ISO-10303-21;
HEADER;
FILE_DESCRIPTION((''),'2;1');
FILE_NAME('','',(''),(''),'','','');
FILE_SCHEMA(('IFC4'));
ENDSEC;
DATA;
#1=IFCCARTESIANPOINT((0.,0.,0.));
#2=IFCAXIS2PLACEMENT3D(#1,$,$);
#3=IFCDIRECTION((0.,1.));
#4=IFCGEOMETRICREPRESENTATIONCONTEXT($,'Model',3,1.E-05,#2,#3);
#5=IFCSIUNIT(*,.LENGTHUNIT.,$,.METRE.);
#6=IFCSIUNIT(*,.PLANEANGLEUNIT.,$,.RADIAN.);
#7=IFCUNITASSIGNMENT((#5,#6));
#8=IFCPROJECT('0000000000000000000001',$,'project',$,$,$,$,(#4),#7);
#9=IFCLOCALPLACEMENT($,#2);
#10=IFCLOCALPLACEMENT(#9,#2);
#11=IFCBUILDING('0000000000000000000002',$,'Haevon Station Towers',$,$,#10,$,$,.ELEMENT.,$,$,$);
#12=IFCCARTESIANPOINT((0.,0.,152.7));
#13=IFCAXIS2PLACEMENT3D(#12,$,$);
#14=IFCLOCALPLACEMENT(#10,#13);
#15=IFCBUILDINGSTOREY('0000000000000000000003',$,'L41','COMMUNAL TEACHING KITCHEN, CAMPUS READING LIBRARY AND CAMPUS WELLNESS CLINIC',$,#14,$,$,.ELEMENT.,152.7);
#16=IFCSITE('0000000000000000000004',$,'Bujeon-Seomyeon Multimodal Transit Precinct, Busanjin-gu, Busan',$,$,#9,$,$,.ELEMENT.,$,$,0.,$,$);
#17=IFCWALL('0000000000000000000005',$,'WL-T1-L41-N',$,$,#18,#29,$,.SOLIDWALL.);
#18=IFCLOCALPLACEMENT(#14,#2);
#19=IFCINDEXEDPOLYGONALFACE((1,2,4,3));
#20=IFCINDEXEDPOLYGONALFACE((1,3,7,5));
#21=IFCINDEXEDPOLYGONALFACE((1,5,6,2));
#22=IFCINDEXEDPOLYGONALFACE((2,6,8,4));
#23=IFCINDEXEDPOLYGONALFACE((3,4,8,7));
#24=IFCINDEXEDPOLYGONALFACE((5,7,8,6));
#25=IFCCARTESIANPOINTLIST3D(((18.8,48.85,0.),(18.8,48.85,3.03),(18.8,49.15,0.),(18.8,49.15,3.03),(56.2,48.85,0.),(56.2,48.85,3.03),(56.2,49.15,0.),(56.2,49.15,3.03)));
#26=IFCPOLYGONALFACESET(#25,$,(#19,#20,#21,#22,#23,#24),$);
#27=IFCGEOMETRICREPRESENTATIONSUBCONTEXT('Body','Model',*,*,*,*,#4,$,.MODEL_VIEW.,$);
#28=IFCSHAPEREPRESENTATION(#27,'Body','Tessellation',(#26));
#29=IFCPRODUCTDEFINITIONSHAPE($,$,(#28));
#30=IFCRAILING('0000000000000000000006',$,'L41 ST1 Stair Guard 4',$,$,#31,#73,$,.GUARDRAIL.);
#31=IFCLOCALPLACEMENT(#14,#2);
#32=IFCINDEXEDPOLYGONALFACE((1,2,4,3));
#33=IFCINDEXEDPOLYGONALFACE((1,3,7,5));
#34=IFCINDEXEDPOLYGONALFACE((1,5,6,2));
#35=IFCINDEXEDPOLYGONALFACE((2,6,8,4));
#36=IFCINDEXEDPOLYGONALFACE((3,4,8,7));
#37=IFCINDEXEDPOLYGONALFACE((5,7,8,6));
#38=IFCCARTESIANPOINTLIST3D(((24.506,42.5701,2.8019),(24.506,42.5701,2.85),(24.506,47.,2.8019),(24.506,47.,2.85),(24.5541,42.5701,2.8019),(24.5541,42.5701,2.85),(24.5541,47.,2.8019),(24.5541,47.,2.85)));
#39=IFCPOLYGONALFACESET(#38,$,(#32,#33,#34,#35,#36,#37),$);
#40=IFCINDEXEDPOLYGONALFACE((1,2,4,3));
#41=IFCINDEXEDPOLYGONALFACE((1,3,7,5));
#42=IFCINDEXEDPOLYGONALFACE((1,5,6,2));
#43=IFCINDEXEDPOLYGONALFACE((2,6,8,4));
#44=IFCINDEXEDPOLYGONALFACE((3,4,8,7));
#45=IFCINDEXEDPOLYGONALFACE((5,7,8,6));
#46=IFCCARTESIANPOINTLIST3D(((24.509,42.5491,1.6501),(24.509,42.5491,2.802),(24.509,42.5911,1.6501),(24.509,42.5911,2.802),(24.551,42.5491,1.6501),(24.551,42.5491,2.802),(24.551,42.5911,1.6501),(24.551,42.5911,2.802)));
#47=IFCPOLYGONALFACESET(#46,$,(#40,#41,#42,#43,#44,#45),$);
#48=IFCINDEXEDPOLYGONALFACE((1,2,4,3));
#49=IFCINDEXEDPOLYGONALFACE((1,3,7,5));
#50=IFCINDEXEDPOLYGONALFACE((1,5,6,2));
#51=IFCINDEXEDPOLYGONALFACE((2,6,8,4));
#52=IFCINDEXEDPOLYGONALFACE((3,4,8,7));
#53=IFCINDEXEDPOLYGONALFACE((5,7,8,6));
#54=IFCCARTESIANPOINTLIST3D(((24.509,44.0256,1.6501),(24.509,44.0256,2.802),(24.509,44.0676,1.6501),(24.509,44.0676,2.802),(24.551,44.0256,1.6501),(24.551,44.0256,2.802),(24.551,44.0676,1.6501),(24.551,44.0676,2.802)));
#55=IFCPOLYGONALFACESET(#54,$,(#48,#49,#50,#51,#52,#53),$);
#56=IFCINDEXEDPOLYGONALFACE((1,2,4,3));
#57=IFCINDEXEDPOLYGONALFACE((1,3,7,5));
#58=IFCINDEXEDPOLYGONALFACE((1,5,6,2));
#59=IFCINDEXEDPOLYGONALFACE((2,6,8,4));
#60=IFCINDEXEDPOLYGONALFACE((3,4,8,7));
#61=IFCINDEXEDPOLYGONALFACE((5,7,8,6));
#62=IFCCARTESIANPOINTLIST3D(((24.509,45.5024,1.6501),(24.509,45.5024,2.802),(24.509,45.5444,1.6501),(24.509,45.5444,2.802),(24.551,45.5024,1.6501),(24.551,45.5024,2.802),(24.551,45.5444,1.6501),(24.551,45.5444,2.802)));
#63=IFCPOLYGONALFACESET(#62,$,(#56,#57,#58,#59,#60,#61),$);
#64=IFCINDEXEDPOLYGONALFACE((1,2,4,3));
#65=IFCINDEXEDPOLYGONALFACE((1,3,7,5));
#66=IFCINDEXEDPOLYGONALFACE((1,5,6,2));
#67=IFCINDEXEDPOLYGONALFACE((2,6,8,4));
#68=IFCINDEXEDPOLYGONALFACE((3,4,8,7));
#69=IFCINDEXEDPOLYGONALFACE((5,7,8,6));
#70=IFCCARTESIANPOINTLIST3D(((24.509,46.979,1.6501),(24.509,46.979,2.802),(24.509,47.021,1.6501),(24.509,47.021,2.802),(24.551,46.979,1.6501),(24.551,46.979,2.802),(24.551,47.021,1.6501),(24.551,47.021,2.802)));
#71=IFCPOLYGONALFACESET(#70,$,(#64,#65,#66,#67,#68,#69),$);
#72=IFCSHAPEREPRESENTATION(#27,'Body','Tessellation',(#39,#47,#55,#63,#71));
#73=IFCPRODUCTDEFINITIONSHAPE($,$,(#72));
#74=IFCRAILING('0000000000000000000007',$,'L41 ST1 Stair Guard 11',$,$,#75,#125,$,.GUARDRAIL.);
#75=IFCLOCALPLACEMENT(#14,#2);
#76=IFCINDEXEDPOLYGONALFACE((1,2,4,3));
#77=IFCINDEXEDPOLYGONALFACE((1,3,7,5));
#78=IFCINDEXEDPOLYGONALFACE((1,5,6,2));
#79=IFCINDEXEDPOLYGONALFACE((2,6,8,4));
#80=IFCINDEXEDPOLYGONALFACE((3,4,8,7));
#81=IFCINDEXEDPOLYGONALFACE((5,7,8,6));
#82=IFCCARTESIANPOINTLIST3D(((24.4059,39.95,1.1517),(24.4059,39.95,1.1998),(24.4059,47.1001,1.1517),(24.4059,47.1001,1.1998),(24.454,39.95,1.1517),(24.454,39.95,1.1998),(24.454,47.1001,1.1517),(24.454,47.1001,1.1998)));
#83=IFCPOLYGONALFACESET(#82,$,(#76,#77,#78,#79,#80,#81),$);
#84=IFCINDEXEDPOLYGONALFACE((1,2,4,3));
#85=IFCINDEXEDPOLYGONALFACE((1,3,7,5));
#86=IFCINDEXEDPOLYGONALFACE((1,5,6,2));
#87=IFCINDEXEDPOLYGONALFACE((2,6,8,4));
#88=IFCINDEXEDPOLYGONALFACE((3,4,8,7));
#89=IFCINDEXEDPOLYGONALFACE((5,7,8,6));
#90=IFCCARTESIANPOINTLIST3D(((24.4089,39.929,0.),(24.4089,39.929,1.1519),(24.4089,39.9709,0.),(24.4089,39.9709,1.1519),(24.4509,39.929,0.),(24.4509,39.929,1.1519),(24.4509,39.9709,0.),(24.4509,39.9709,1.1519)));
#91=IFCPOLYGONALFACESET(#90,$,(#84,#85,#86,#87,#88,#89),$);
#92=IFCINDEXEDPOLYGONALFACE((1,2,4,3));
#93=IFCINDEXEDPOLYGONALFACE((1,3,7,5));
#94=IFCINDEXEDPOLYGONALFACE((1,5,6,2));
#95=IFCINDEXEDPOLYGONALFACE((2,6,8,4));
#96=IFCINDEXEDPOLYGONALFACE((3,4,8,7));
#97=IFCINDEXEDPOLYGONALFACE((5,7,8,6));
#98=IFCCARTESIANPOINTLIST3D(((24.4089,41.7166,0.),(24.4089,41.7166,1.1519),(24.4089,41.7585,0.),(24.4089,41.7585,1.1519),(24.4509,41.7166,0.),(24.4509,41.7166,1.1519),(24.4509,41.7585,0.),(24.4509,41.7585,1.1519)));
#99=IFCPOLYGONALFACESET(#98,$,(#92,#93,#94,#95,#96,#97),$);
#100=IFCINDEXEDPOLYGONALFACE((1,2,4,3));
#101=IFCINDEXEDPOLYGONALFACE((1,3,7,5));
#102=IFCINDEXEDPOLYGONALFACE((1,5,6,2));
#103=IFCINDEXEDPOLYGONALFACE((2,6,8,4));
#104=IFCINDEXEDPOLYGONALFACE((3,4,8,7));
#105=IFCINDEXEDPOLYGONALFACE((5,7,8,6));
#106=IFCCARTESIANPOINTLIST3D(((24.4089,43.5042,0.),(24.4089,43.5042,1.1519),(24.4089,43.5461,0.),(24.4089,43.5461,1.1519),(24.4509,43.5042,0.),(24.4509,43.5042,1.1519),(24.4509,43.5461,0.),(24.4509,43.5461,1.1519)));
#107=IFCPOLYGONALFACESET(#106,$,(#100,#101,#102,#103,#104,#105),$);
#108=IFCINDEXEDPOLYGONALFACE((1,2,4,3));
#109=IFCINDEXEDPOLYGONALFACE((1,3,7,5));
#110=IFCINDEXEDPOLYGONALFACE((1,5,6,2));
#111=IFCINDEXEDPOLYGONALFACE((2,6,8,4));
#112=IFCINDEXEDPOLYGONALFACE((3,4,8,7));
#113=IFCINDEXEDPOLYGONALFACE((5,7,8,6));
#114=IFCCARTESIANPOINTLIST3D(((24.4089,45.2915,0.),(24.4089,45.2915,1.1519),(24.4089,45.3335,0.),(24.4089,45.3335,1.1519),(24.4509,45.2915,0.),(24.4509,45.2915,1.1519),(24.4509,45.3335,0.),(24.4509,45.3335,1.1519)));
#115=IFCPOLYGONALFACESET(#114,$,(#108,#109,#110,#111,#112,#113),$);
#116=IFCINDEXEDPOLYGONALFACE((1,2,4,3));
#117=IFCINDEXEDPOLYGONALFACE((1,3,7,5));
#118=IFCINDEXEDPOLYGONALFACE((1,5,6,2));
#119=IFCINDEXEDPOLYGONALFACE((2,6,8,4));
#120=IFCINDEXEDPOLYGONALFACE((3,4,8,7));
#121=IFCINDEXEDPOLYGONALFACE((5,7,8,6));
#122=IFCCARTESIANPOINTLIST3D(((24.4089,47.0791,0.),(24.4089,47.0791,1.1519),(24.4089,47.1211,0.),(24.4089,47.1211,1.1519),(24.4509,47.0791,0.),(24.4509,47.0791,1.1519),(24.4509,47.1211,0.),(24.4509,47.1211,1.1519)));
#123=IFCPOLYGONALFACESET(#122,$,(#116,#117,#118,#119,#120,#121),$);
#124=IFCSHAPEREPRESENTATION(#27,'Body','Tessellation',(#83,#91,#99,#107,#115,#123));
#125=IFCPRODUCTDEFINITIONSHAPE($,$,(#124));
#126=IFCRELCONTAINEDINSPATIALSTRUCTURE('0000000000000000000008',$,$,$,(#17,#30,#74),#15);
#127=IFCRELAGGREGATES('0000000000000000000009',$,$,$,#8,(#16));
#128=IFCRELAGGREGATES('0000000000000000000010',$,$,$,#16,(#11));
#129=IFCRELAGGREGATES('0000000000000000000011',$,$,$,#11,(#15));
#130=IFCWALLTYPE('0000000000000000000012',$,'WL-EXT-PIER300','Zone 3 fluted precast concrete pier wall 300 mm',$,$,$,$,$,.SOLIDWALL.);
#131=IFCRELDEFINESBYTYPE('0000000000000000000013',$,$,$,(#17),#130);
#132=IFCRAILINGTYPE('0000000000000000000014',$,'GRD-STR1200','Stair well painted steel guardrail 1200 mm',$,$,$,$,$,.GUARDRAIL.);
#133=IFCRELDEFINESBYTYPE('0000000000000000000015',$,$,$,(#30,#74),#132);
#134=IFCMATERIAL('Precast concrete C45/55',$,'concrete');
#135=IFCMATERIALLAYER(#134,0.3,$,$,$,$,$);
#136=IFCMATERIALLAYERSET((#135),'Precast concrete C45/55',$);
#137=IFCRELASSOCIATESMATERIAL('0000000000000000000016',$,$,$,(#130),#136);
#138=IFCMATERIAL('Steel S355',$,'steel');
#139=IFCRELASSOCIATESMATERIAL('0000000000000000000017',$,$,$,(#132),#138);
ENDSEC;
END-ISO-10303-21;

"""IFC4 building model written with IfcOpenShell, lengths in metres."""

from ifc_helpers import new_model, si_unit, direction, frame, frame_2d, origin, origin_2d, place, context, subcontext, project, spatial, rectangle, extrude, material, layer, layer_set, type_object, element, save


model = new_model("IFC4")

# Units and contexts
model_context = context("Model", 3, precision=1e-05, world=origin(), true_north=direction((0.0, 1.0)))
body_context = subcontext(model_context, "Body", "Model", "MODEL_VIEW")
ifc_project = project(units=[si_unit("LENGTHUNIT", "METRE"), si_unit("PLANEANGLEUNIT", "RADIAN")], contexts=[model_context])

# Site, building, storey
site_placement = place(None, origin())
site = spatial("IfcSite", under=ifc_project, at=site_placement, Name="Bujeon-Seomyeon Multimodal Transit Precinct, Busanjin-gu, Busan", CompositionType="ELEMENT", RefElevation=0.0)
building_placement = place(site_placement, origin())
building = spatial("IfcBuilding", under=site, at=building_placement, Name="Haevon Station Towers", CompositionType="ELEMENT")
storey_placement = place(building_placement, frame((0.0, 0.0, 152.7)))
storey = spatial("IfcBuildingStorey", under=building, at=storey_placement, Name="L41", Description="COMMUNAL TEACHING KITCHEN, CAMPUS READING LIBRARY AND CAMPUS WELLNESS CLINIC", CompositionType="ELEMENT", Elevation=152.7)

# Shared definitions
ifc_material_1 = material(Name="Steel S355", Category="steel")

# Wall
ifc_material_2 = material(Name="Precast concrete C45/55", Category="concrete")
ifc_layer_1 = layer(ifc_material_2, 0.3)
ifc_layer_set_1 = layer_set([ifc_layer_1], Name="Precast concrete C45/55")
wall_type_1 = type_object("IfcWallType", Name="WL-EXT-PIER300", Description="Zone 3 fluted precast concrete pier wall 300 mm", PredefinedType="SOLIDWALL", material=ifc_layer_set_1)
wall_1_placement = place(storey_placement, frame((18.8, 49.0, 0.0), z_axis=(0.0, 0.0, 1.0), x_axis=(1.0, 0.0, 0.0)))
element("IfcWall", 1, at=wall_1_placement, inside=storey, type_object=wall_type_1, Name="WL-T1-L41-N", PredefinedType="SOLIDWALL", context=body_context, shape_type="SweptSolid", body=[
    extrude(rectangle(XDim=37.3999, YDim=0.3, at=frame_2d((18.7, 0.0))), origin(), (0.0, 0.0, 1.0), 3.03),
])

# Railings
railing_type = type_object("IfcRailingType", Name="GRD-STR1200", Description="Stair well painted steel guardrail 1200 mm", PredefinedType="GUARDRAIL", material=ifc_material_1)
railing_1_placement = place(storey_placement, frame((24.53, 42.5701, 1.6501)))
element("IfcRailing", 2, at=railing_1_placement, inside=storey, type_object=railing_type, Name="L41 ST1 Stair Guard 4", PredefinedType="GUARDRAIL", context=body_context, shape_type="SweptSolid", body=[
    extrude(rectangle(XDim=0.0481, YDim=0.0481, at=origin_2d()), frame((0.0, 0.0, 1.1758), z_axis=(0.0, 1.0, 0.0), x_axis=(-1.0, 0.0, 0.0)), (0.0, 0.0, 1.0), 4.4299),
    extrude(rectangle(XDim=0.042, YDim=0.042, at=origin_2d()), origin(), (0.0, 0.0, 1.0), 1.1519),
    extrude(rectangle(XDim=0.042, YDim=0.042, at=origin_2d()), frame((0.0, 1.4766, 0.0)), (0.0, 0.0, 1.0), 1.1519),
    extrude(rectangle(XDim=0.042, YDim=0.042, at=origin_2d()), frame((0.0, 2.9534, 0.0)), (0.0, 0.0, 1.0), 1.1519),
    extrude(rectangle(XDim=0.042, YDim=0.042, at=origin_2d()), frame((0.0, 4.4299, 0.0)), (0.0, 0.0, 1.0), 1.1519),
])
railing_2_placement = place(storey_placement, frame((24.4299, 39.95, 0.0)))
element("IfcRailing", 3, at=railing_2_placement, inside=storey, type_object=railing_type, Name="L41 ST1 Stair Guard 11", PredefinedType="GUARDRAIL", context=body_context, shape_type="SweptSolid", body=[
    extrude(rectangle(XDim=0.0481, YDim=0.0481, at=origin_2d()), frame((0.0, 0.0, 1.1758), z_axis=(0.0, 1.0, 0.0), x_axis=(-1.0, 0.0, 0.0)), (0.0, 0.0, 1.0), 7.1501),
    extrude(rectangle(XDim=0.042, YDim=0.042, at=origin_2d()), origin(), (0.0, 0.0, 1.0), 1.1519),
    extrude(rectangle(XDim=0.042, YDim=0.042, at=origin_2d()), frame((0.0, 1.7876, 0.0)), (0.0, 0.0, 1.0), 1.1519),
    extrude(rectangle(XDim=0.042, YDim=0.042, at=origin_2d()), frame((0.0, 3.5752, 0.0)), (0.0, 0.0, 1.0), 1.1519),
    extrude(rectangle(XDim=0.042, YDim=0.042, at=origin_2d()), frame((0.0, 5.3625, 0.0)), (0.0, 0.0, 1.0), 1.1519),
    extrude(rectangle(XDim=0.042, YDim=0.042, at=origin_2d()), frame((0.0, 7.1501, 0.0)), (0.0, 0.0, 1.0), 1.1519),
])

save(model, "model.ifc")
